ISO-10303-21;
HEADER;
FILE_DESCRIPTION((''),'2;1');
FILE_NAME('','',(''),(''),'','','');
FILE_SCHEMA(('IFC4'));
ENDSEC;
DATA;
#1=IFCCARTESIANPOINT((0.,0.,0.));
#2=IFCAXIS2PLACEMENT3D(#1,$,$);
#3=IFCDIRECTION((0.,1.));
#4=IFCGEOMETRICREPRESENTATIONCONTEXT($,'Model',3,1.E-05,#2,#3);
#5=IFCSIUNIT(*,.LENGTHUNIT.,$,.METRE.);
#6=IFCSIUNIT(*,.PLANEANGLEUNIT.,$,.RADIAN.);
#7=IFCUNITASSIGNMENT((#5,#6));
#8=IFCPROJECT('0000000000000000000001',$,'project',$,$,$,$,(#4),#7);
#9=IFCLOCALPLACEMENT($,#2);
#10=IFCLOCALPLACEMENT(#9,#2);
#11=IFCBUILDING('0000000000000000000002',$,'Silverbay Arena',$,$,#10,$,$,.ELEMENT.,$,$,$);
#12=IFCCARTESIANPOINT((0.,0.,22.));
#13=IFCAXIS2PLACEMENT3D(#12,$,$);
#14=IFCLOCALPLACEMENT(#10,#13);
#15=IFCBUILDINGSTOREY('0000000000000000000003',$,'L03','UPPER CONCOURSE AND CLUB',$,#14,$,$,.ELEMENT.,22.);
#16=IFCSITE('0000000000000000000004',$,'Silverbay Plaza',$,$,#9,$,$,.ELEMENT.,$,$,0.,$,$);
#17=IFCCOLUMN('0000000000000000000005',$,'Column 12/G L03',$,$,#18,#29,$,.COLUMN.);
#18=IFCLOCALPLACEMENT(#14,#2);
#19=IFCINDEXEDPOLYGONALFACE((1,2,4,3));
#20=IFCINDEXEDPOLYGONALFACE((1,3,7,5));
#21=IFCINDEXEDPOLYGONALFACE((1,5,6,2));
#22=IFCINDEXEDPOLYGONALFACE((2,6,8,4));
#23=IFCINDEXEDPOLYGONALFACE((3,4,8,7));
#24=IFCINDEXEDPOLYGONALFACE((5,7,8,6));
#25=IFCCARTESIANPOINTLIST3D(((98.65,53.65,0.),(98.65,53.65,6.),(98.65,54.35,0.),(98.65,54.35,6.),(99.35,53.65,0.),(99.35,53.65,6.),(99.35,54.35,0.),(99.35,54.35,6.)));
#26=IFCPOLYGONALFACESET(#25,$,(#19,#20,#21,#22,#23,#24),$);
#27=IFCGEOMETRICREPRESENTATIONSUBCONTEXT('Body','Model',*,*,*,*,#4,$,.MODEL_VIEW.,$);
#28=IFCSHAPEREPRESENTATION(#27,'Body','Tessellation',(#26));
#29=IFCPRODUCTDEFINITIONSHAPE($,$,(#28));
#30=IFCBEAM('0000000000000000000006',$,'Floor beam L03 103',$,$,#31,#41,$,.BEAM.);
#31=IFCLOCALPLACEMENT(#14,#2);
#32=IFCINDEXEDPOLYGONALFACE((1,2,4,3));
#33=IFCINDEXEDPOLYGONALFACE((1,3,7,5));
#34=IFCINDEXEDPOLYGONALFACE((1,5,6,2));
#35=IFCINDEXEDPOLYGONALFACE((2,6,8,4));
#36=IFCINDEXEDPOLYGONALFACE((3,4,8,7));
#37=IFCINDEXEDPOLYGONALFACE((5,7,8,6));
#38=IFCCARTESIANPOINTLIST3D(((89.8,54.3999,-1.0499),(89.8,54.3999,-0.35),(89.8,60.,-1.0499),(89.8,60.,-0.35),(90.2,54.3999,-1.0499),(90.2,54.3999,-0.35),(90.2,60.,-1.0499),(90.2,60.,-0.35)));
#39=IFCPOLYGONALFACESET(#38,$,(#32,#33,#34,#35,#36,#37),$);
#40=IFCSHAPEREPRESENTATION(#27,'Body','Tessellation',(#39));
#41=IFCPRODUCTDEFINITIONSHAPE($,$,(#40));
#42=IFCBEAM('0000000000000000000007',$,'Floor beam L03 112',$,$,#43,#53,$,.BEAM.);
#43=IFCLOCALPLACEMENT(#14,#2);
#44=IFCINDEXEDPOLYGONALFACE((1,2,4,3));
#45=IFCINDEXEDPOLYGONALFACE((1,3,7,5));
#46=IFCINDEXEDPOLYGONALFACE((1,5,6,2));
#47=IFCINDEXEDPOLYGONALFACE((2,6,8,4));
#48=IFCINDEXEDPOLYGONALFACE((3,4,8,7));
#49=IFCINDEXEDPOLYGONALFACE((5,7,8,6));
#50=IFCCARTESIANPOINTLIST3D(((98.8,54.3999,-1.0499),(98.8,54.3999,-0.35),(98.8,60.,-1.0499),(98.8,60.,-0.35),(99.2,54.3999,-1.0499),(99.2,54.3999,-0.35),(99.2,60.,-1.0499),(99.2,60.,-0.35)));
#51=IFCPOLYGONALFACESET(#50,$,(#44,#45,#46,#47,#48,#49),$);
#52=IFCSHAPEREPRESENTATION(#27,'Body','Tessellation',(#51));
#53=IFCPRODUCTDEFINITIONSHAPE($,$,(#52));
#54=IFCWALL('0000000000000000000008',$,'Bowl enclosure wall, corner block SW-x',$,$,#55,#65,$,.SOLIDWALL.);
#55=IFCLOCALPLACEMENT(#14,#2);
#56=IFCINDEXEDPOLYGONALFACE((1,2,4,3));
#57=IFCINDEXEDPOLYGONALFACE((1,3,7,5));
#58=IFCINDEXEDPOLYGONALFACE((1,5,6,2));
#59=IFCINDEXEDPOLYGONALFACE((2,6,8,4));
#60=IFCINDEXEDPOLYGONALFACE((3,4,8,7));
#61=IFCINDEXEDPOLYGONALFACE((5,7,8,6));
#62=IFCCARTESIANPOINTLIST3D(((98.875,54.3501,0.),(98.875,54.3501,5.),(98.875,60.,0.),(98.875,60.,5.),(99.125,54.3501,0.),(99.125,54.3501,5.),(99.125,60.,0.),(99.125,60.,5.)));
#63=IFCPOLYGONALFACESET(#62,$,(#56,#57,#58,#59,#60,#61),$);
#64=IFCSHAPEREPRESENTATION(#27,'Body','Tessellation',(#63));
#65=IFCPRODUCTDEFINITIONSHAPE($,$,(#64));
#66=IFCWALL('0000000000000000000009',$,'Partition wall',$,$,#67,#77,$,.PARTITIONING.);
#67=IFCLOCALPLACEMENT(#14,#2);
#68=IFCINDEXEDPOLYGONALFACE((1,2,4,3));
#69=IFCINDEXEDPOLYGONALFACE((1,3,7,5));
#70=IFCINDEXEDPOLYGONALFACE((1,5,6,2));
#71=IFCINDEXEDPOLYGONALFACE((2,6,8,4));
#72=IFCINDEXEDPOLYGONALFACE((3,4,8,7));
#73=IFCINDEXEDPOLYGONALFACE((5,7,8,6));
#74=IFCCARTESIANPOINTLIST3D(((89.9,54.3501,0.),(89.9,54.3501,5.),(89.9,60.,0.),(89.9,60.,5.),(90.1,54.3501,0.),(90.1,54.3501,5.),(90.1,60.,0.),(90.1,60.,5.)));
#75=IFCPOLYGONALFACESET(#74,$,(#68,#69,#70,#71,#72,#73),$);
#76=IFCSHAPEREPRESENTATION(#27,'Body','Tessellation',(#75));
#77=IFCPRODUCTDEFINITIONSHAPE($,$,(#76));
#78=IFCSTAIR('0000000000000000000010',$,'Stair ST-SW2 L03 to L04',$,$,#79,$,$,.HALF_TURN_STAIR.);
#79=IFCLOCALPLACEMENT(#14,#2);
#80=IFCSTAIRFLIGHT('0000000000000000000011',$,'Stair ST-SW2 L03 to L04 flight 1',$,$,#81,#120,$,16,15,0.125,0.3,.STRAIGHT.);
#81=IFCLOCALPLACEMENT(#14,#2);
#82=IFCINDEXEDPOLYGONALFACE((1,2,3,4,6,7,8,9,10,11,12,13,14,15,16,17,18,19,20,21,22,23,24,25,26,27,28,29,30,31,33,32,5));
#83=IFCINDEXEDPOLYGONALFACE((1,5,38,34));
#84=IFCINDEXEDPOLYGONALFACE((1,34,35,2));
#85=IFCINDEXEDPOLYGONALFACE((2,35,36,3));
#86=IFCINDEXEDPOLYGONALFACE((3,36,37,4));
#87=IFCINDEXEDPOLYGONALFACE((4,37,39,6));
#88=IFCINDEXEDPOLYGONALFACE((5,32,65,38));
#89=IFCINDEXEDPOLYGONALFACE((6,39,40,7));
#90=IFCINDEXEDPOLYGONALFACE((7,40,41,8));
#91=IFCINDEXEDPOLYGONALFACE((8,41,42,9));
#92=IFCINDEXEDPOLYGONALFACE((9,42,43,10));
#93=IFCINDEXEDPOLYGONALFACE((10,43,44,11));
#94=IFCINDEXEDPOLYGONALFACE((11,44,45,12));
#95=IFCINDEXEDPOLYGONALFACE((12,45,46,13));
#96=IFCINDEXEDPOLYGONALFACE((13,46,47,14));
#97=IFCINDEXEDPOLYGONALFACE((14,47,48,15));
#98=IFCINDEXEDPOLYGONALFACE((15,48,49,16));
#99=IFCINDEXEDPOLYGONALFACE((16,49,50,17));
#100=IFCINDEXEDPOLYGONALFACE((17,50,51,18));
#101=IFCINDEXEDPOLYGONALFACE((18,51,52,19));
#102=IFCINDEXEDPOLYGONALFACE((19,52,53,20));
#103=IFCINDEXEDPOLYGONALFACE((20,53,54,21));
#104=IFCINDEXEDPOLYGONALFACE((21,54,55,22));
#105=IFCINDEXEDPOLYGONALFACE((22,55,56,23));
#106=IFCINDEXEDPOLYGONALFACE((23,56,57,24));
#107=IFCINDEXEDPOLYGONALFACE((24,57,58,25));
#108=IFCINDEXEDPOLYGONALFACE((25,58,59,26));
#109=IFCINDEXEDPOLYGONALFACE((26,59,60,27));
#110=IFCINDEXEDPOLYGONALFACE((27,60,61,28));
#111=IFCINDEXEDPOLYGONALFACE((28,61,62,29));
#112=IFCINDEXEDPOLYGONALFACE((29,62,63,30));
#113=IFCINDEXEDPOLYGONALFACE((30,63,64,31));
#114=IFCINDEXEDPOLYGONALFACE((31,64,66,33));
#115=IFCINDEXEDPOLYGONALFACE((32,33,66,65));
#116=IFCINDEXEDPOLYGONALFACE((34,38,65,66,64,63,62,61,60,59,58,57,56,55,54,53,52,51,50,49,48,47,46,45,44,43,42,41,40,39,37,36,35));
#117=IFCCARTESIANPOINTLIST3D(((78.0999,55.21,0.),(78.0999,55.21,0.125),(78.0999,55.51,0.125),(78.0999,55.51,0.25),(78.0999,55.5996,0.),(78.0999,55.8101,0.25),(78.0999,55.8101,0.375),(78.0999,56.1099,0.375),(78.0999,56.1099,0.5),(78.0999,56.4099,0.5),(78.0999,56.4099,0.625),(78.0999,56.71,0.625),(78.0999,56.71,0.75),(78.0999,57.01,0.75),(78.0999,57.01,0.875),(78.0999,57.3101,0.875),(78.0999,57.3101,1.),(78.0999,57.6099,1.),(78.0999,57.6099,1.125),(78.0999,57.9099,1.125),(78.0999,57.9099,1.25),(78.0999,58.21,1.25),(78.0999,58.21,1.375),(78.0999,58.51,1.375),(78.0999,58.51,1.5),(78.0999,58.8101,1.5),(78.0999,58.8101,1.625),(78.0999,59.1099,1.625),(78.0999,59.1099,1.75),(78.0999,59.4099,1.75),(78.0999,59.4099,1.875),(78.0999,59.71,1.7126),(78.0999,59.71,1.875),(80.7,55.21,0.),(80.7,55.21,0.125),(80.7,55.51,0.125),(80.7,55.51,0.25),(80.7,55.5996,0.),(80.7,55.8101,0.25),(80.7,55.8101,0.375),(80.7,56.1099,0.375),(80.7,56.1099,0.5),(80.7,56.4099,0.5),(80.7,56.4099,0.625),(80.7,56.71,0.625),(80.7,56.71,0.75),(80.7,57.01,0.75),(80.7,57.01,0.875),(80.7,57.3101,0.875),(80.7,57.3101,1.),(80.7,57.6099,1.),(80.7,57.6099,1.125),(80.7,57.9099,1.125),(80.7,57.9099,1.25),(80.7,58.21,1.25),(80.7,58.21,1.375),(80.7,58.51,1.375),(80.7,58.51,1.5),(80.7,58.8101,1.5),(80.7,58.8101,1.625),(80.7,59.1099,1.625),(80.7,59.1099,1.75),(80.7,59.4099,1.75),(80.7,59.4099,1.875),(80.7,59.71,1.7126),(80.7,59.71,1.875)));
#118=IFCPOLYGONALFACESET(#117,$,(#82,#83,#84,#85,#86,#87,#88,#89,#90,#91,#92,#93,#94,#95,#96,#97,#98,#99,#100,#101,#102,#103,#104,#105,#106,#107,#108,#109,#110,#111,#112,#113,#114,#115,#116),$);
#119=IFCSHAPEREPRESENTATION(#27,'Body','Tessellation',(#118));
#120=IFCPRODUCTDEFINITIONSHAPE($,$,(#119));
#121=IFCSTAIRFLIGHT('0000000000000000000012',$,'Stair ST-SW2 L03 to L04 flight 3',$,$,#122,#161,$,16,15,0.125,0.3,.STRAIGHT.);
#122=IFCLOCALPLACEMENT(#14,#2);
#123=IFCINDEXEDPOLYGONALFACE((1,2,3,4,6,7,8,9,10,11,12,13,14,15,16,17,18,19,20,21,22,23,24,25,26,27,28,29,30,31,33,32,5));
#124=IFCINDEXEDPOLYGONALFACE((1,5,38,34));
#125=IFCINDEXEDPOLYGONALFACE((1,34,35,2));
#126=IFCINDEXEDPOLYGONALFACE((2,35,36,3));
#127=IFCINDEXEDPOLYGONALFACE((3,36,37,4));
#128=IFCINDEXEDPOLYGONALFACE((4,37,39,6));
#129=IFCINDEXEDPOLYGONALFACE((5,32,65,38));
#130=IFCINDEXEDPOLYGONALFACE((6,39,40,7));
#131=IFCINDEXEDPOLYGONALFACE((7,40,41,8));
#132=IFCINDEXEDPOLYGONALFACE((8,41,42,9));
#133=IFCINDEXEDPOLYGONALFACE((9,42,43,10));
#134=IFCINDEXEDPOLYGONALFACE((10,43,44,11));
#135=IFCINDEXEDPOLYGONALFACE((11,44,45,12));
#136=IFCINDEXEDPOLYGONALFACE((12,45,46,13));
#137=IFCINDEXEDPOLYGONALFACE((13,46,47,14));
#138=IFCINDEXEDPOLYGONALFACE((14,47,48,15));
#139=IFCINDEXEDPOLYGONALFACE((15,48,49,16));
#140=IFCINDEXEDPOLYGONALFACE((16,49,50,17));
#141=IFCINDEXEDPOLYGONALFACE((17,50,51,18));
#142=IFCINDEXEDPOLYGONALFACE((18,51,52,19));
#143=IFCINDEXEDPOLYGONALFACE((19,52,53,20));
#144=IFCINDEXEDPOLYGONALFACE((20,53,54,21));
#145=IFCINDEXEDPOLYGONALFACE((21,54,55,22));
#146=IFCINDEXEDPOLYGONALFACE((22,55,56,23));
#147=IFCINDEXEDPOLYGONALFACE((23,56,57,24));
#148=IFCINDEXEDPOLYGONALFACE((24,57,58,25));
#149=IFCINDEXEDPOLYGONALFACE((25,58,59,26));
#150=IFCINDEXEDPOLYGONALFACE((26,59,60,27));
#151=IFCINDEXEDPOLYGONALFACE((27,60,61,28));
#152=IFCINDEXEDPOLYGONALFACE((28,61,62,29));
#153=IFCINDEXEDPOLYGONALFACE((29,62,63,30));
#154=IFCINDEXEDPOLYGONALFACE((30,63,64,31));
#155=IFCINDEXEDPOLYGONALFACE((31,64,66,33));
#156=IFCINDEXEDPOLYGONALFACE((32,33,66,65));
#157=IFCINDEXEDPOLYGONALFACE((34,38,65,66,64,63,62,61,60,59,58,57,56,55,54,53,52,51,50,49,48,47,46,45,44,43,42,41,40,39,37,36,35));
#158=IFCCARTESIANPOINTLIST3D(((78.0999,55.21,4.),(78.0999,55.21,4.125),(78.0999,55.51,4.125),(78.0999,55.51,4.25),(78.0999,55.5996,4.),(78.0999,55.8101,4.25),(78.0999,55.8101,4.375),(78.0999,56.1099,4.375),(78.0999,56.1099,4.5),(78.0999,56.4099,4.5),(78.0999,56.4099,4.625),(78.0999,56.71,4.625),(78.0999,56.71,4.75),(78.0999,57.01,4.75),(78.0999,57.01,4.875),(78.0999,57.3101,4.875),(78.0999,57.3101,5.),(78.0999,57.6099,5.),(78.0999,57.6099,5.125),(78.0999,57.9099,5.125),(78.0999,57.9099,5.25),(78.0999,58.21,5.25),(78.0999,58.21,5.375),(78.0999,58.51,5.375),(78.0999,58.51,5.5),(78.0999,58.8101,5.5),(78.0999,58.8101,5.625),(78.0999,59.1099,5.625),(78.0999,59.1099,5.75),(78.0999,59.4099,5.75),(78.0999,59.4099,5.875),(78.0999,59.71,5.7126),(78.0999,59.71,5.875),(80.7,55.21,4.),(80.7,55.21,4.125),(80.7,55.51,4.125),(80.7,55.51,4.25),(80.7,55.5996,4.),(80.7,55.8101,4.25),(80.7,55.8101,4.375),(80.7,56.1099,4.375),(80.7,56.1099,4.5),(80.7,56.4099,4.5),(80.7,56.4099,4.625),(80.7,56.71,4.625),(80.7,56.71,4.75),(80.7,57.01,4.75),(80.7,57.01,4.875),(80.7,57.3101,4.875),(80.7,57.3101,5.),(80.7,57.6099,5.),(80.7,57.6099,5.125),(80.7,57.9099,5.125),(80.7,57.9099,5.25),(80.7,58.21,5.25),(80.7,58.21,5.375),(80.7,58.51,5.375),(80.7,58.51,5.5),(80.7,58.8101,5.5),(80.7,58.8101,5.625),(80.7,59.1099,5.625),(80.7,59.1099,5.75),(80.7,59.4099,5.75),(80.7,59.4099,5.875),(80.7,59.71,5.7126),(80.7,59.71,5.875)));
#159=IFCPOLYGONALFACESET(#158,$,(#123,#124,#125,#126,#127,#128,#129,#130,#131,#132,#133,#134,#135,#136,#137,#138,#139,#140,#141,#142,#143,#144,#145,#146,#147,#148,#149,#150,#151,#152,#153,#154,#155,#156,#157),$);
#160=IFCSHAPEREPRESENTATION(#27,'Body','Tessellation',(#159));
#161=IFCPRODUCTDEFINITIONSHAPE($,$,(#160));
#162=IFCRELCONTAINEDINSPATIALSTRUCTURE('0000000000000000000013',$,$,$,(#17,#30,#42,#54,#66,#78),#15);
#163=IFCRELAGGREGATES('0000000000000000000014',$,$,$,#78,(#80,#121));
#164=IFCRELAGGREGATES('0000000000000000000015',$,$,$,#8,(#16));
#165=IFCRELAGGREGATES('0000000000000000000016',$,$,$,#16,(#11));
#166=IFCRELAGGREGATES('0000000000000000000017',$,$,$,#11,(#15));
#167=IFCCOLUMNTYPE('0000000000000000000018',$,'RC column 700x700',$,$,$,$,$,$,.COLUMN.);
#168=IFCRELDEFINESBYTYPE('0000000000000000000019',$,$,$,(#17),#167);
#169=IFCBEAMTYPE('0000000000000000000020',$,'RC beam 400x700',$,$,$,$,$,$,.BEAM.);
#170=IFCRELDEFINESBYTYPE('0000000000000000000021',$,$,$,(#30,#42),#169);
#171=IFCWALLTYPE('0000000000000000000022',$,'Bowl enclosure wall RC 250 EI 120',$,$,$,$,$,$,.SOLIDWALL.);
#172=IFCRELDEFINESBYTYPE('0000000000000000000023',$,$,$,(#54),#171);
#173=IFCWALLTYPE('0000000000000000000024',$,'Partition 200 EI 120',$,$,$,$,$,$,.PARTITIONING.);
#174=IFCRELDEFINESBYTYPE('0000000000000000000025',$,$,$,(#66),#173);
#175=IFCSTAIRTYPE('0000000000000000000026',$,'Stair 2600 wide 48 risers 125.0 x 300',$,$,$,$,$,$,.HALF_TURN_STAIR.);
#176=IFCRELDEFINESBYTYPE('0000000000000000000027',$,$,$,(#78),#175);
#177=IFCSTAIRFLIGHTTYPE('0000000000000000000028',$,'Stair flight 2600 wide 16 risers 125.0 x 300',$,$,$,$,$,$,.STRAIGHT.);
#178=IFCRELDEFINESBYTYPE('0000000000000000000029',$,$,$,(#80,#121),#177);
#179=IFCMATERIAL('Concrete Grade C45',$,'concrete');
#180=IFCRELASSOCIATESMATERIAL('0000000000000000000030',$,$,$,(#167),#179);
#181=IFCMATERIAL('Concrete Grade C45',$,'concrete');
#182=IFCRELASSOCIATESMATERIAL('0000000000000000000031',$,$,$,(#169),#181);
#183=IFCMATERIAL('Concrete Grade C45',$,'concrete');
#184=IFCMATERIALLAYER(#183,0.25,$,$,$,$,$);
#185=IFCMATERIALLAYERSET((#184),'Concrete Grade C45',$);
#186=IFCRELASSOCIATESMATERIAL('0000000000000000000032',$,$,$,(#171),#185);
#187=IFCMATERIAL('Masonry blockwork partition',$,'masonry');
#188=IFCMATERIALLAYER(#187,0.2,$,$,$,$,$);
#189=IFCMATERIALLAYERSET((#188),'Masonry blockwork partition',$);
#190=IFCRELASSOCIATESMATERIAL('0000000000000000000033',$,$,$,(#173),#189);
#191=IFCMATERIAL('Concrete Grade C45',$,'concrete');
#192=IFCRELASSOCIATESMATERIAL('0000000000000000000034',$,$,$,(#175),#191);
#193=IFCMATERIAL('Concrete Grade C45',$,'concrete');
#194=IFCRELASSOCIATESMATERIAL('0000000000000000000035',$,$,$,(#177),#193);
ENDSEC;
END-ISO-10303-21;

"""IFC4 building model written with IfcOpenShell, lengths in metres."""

from ifc_helpers import new_model, si_unit, direction, frame, frame_2d, origin, origin_2d, place, context, subcontext, project, spatial, polyline, rectangle, outline, extrude, material, layer, layer_set, material_profile, profile_set, type_object, element, aggregate, save


model = new_model("IFC4")

# Units and contexts
model_context = context("Model", 3, precision=1e-05, world=origin(), true_north=direction((0.0, 1.0)))
body_context = subcontext(model_context, "Body", "Model", "MODEL_VIEW")
ifc_project = project(units=[si_unit("LENGTHUNIT", "METRE"), si_unit("PLANEANGLEUNIT", "RADIAN")], contexts=[model_context])

# Site, building, storey
site_placement = place(None, origin())
site = spatial("IfcSite", under=ifc_project, at=site_placement, Name="Silverbay Plaza", CompositionType="ELEMENT", RefElevation=0.0)
building_placement = place(site_placement, origin())
building = spatial("IfcBuilding", under=site, at=building_placement, Name="Silverbay Arena", CompositionType="ELEMENT")
storey_placement = place(building_placement, frame((0.0, 0.0, 22.0)))
storey = spatial("IfcBuildingStorey", under=building, at=storey_placement, Name="L03", Description="UPPER CONCOURSE AND CLUB", CompositionType="ELEMENT", Elevation=22.0)

# Column
ifc_material_1 = material(Name="Concrete Grade C45", Category="concrete")
ifc_material_profile_1 = material_profile(ifc_material_1, rectangle(XDim=0.7, YDim=0.7, at=origin_2d()), Name="RC 700x700")
ifc_profile_set_1 = profile_set([ifc_material_profile_1], Name="Concrete Grade C45")
column_type = type_object("IfcColumnType", Name="RC column 700x700", PredefinedType="COLUMN", material=ifc_profile_set_1)
column_placement = place(storey_placement, frame((99.0, 54.0, 0.0), z_axis=(0.0, 0.0, 1.0), x_axis=(1.0, 0.0, 0.0)))
element("IfcColumn", 1, at=column_placement, inside=storey, type_object=column_type, Name="Column 12/G L03", PredefinedType="COLUMN", context=body_context, shape_type="SweptSolid", body=[
    extrude(rectangle(XDim=0.7, YDim=0.7, at=origin_2d()), origin(), (0.0, 0.0, 1.0), 6.0),
])

# Beams
ifc_material_2 = material(Name="Concrete Grade C45", Category="concrete")
ifc_material_profile_2 = material_profile(ifc_material_2, rectangle(XDim=0.3999, YDim=0.7, at=origin_2d()), Name="RC 400x700")
ifc_profile_set_2 = profile_set([ifc_material_profile_2], Name="Concrete Grade C45")
beam_type = type_object("IfcBeamType", Name="RC beam 400x700", PredefinedType="BEAM", material=ifc_profile_set_2)
for number, where, z_axis, x_axis, name in (
    (2, (90.0, 54.3999, -0.7), (0.0, 1.0, 0.0), (-1.0, 0.0, 0.0), "Floor beam L03 103"),
    (3, (99.0, 54.3999, -0.7), (0.0, 1.0, 0.0), (-1.0, 0.0, 0.0), "Floor beam L03 112"),
):
    element("IfcBeam", number, at=place(storey_placement, frame(where, z_axis=z_axis, x_axis=x_axis)), inside=storey, type_object=beam_type, Name=name, PredefinedType="BEAM", context=body_context, shape_type="SweptSolid", body=[
        extrude(rectangle(XDim=0.3999, YDim=0.7, at=origin_2d()), origin(), (0.0, 0.0, 1.0), 5.6001),
    ])

# Walls
ifc_material_3 = material(Name="Concrete Grade C45", Category="concrete")
ifc_layer_1 = layer(ifc_material_3, 0.25)
ifc_layer_set_1 = layer_set([ifc_layer_1], Name="Concrete Grade C45")
wall_type_1 = type_object("IfcWallType", Name="Bowl enclosure wall RC 250 EI 120", PredefinedType="SOLIDWALL", material=ifc_layer_set_1)
wall_1_placement = place(storey_placement, frame((99.0, 54.3501, 0.0), z_axis=(0.0, 0.0, 1.0), x_axis=(0.0, 1.0, 0.0)))
element("IfcWall", 4, at=wall_1_placement, inside=storey, type_object=wall_type_1, Name="Bowl enclosure wall, corner block SW-x", PredefinedType="SOLIDWALL", context=body_context, shape_type="SweptSolid", body=[
    extrude(rectangle(XDim=5.6499, YDim=0.25, at=frame_2d((2.825, 0.0))), origin(), (0.0, 0.0, 1.0), 5.0),
])
ifc_material_4 = material(Name="Masonry blockwork partition", Category="masonry")
ifc_layer_2 = layer(ifc_material_4, 0.2)
ifc_layer_set_2 = layer_set([ifc_layer_2], Name="Masonry blockwork partition")
wall_type_2 = type_object("IfcWallType", Name="Partition 200 EI 120", PredefinedType="PARTITIONING", material=ifc_layer_set_2)
wall_2_placement = place(storey_placement, frame((90.0, 54.3501, 0.0), z_axis=(0.0, 0.0, 1.0), x_axis=(0.0, 1.0, 0.0)))
element("IfcWall", 5, at=wall_2_placement, inside=storey, type_object=wall_type_2, Name="Partition wall", PredefinedType="PARTITIONING", context=body_context, shape_type="SweptSolid", body=[
    extrude(rectangle(XDim=5.6499, YDim=0.2, at=frame_2d((2.825, 0.0))), origin(), (0.0, 0.0, 1.0), 5.0),
])

# Stair, stair flights
ifc_material_5 = material(Name="Concrete Grade C45", Category="concrete")
stair_type = type_object("IfcStairType", Name="Stair 2600 wide 48 risers 125.0 x 300", PredefinedType="HALF_TURN_STAIR", material=ifc_material_5)
stair_placement = place(storey_placement, origin())
stair = element("IfcStair", 6, at=stair_placement, inside=storey, type_object=stair_type, Name="Stair ST-SW2 L03 to L04", PredefinedType="HALF_TURN_STAIR")
ifc_material_6 = material(Name="Concrete Grade C45", Category="concrete")
stair_flight_type = type_object("IfcStairFlightType", Name="Stair flight 2600 wide 16 risers 125.0 x 300", PredefinedType="STRAIGHT", material=ifc_material_6)
stair_flight_1_placement = place(storey_placement, frame((79.3999, 55.21, 0.0), z_axis=(0.0, 0.0, 1.0), x_axis=(0.0, 1.0, 0.0)))
stair_flight_1 = element("IfcStairFlight", 7, at=stair_flight_1_placement, type_object=stair_flight_type, Name="Stair ST-SW2 L03 to L04 flight 1", NumberOfRisers=16, NumberOfTreads=15, PredefinedType="STRAIGHT", RiserHeight=0.125, TreadLength=0.3, context=body_context, shape_type="SweptSolid", body=[
    extrude(outline(polyline([(0.0, 0.0), (0.0, 0.125), (0.3, 0.125), (0.3, 0.25), (0.6001, 0.25), (0.6001, 0.375), (0.8999, 0.375), (0.8999, 0.5), (1.2, 0.5), (1.2, 0.625), (1.5, 0.625), (1.5, 0.75), (1.8, 0.75), (1.8, 0.875), (2.1001, 0.875), (2.1001, 1.0), (2.3999, 1.0), (2.3999, 1.125), (2.7, 1.125), (2.7, 1.25), (3.0, 1.25), (3.0, 1.375), (3.3, 1.375), (3.3, 1.5), (3.6001, 1.5), (3.6001, 1.625), (3.8999, 1.625), (3.8999, 1.75), (4.2, 1.75), (4.2, 1.875), (4.5, 1.875), (4.5, 1.7126), (0.3896, 0.0), (0.0, 0.0)])), frame((0.0, 1.3, 0.0), z_axis=(0.0, -1.0, 0.0), x_axis=(1.0, 0.0, 0.0)), (0.0, 0.0, 1.0), 2.6001),
])
stair_flight_2_placement = place(storey_placement, frame((79.3999, 55.21, 4.0), z_axis=(0.0, 0.0, 1.0), x_axis=(0.0, 1.0, 0.0)))
stair_flight_2 = element("IfcStairFlight", 8, at=stair_flight_2_placement, type_object=stair_flight_type, Name="Stair ST-SW2 L03 to L04 flight 3", NumberOfRisers=16, NumberOfTreads=15, PredefinedType="STRAIGHT", RiserHeight=0.125, TreadLength=0.3, context=body_context, shape_type="SweptSolid", body=[
    extrude(outline(polyline([(0.0, 0.0), (0.0, 0.125), (0.3, 0.125), (0.3, 0.25), (0.6001, 0.25), (0.6001, 0.375), (0.8999, 0.375), (0.8999, 0.5), (1.2, 0.5), (1.2, 0.625), (1.5, 0.625), (1.5, 0.75), (1.8, 0.75), (1.8, 0.875), (2.1001, 0.875), (2.1001, 1.0), (2.3999, 1.0), (2.3999, 1.125), (2.7, 1.125), (2.7, 1.25), (3.0, 1.25), (3.0, 1.375), (3.3, 1.375), (3.3, 1.5), (3.6001, 1.5), (3.6001, 1.625), (3.8999, 1.625), (3.8999, 1.75), (4.2, 1.75), (4.2, 1.875), (4.5, 1.875), (4.5, 1.7126), (0.3896, 0.0), (0.0, 0.0)])), frame((0.0, 1.3, 0.0), z_axis=(0.0, -1.0, 0.0), x_axis=(1.0, 0.0, 0.0)), (0.0, 0.0, 1.0), 2.6001),
])
aggregate(stair, [stair_flight_1, stair_flight_2])

save(model, "model.ifc")
